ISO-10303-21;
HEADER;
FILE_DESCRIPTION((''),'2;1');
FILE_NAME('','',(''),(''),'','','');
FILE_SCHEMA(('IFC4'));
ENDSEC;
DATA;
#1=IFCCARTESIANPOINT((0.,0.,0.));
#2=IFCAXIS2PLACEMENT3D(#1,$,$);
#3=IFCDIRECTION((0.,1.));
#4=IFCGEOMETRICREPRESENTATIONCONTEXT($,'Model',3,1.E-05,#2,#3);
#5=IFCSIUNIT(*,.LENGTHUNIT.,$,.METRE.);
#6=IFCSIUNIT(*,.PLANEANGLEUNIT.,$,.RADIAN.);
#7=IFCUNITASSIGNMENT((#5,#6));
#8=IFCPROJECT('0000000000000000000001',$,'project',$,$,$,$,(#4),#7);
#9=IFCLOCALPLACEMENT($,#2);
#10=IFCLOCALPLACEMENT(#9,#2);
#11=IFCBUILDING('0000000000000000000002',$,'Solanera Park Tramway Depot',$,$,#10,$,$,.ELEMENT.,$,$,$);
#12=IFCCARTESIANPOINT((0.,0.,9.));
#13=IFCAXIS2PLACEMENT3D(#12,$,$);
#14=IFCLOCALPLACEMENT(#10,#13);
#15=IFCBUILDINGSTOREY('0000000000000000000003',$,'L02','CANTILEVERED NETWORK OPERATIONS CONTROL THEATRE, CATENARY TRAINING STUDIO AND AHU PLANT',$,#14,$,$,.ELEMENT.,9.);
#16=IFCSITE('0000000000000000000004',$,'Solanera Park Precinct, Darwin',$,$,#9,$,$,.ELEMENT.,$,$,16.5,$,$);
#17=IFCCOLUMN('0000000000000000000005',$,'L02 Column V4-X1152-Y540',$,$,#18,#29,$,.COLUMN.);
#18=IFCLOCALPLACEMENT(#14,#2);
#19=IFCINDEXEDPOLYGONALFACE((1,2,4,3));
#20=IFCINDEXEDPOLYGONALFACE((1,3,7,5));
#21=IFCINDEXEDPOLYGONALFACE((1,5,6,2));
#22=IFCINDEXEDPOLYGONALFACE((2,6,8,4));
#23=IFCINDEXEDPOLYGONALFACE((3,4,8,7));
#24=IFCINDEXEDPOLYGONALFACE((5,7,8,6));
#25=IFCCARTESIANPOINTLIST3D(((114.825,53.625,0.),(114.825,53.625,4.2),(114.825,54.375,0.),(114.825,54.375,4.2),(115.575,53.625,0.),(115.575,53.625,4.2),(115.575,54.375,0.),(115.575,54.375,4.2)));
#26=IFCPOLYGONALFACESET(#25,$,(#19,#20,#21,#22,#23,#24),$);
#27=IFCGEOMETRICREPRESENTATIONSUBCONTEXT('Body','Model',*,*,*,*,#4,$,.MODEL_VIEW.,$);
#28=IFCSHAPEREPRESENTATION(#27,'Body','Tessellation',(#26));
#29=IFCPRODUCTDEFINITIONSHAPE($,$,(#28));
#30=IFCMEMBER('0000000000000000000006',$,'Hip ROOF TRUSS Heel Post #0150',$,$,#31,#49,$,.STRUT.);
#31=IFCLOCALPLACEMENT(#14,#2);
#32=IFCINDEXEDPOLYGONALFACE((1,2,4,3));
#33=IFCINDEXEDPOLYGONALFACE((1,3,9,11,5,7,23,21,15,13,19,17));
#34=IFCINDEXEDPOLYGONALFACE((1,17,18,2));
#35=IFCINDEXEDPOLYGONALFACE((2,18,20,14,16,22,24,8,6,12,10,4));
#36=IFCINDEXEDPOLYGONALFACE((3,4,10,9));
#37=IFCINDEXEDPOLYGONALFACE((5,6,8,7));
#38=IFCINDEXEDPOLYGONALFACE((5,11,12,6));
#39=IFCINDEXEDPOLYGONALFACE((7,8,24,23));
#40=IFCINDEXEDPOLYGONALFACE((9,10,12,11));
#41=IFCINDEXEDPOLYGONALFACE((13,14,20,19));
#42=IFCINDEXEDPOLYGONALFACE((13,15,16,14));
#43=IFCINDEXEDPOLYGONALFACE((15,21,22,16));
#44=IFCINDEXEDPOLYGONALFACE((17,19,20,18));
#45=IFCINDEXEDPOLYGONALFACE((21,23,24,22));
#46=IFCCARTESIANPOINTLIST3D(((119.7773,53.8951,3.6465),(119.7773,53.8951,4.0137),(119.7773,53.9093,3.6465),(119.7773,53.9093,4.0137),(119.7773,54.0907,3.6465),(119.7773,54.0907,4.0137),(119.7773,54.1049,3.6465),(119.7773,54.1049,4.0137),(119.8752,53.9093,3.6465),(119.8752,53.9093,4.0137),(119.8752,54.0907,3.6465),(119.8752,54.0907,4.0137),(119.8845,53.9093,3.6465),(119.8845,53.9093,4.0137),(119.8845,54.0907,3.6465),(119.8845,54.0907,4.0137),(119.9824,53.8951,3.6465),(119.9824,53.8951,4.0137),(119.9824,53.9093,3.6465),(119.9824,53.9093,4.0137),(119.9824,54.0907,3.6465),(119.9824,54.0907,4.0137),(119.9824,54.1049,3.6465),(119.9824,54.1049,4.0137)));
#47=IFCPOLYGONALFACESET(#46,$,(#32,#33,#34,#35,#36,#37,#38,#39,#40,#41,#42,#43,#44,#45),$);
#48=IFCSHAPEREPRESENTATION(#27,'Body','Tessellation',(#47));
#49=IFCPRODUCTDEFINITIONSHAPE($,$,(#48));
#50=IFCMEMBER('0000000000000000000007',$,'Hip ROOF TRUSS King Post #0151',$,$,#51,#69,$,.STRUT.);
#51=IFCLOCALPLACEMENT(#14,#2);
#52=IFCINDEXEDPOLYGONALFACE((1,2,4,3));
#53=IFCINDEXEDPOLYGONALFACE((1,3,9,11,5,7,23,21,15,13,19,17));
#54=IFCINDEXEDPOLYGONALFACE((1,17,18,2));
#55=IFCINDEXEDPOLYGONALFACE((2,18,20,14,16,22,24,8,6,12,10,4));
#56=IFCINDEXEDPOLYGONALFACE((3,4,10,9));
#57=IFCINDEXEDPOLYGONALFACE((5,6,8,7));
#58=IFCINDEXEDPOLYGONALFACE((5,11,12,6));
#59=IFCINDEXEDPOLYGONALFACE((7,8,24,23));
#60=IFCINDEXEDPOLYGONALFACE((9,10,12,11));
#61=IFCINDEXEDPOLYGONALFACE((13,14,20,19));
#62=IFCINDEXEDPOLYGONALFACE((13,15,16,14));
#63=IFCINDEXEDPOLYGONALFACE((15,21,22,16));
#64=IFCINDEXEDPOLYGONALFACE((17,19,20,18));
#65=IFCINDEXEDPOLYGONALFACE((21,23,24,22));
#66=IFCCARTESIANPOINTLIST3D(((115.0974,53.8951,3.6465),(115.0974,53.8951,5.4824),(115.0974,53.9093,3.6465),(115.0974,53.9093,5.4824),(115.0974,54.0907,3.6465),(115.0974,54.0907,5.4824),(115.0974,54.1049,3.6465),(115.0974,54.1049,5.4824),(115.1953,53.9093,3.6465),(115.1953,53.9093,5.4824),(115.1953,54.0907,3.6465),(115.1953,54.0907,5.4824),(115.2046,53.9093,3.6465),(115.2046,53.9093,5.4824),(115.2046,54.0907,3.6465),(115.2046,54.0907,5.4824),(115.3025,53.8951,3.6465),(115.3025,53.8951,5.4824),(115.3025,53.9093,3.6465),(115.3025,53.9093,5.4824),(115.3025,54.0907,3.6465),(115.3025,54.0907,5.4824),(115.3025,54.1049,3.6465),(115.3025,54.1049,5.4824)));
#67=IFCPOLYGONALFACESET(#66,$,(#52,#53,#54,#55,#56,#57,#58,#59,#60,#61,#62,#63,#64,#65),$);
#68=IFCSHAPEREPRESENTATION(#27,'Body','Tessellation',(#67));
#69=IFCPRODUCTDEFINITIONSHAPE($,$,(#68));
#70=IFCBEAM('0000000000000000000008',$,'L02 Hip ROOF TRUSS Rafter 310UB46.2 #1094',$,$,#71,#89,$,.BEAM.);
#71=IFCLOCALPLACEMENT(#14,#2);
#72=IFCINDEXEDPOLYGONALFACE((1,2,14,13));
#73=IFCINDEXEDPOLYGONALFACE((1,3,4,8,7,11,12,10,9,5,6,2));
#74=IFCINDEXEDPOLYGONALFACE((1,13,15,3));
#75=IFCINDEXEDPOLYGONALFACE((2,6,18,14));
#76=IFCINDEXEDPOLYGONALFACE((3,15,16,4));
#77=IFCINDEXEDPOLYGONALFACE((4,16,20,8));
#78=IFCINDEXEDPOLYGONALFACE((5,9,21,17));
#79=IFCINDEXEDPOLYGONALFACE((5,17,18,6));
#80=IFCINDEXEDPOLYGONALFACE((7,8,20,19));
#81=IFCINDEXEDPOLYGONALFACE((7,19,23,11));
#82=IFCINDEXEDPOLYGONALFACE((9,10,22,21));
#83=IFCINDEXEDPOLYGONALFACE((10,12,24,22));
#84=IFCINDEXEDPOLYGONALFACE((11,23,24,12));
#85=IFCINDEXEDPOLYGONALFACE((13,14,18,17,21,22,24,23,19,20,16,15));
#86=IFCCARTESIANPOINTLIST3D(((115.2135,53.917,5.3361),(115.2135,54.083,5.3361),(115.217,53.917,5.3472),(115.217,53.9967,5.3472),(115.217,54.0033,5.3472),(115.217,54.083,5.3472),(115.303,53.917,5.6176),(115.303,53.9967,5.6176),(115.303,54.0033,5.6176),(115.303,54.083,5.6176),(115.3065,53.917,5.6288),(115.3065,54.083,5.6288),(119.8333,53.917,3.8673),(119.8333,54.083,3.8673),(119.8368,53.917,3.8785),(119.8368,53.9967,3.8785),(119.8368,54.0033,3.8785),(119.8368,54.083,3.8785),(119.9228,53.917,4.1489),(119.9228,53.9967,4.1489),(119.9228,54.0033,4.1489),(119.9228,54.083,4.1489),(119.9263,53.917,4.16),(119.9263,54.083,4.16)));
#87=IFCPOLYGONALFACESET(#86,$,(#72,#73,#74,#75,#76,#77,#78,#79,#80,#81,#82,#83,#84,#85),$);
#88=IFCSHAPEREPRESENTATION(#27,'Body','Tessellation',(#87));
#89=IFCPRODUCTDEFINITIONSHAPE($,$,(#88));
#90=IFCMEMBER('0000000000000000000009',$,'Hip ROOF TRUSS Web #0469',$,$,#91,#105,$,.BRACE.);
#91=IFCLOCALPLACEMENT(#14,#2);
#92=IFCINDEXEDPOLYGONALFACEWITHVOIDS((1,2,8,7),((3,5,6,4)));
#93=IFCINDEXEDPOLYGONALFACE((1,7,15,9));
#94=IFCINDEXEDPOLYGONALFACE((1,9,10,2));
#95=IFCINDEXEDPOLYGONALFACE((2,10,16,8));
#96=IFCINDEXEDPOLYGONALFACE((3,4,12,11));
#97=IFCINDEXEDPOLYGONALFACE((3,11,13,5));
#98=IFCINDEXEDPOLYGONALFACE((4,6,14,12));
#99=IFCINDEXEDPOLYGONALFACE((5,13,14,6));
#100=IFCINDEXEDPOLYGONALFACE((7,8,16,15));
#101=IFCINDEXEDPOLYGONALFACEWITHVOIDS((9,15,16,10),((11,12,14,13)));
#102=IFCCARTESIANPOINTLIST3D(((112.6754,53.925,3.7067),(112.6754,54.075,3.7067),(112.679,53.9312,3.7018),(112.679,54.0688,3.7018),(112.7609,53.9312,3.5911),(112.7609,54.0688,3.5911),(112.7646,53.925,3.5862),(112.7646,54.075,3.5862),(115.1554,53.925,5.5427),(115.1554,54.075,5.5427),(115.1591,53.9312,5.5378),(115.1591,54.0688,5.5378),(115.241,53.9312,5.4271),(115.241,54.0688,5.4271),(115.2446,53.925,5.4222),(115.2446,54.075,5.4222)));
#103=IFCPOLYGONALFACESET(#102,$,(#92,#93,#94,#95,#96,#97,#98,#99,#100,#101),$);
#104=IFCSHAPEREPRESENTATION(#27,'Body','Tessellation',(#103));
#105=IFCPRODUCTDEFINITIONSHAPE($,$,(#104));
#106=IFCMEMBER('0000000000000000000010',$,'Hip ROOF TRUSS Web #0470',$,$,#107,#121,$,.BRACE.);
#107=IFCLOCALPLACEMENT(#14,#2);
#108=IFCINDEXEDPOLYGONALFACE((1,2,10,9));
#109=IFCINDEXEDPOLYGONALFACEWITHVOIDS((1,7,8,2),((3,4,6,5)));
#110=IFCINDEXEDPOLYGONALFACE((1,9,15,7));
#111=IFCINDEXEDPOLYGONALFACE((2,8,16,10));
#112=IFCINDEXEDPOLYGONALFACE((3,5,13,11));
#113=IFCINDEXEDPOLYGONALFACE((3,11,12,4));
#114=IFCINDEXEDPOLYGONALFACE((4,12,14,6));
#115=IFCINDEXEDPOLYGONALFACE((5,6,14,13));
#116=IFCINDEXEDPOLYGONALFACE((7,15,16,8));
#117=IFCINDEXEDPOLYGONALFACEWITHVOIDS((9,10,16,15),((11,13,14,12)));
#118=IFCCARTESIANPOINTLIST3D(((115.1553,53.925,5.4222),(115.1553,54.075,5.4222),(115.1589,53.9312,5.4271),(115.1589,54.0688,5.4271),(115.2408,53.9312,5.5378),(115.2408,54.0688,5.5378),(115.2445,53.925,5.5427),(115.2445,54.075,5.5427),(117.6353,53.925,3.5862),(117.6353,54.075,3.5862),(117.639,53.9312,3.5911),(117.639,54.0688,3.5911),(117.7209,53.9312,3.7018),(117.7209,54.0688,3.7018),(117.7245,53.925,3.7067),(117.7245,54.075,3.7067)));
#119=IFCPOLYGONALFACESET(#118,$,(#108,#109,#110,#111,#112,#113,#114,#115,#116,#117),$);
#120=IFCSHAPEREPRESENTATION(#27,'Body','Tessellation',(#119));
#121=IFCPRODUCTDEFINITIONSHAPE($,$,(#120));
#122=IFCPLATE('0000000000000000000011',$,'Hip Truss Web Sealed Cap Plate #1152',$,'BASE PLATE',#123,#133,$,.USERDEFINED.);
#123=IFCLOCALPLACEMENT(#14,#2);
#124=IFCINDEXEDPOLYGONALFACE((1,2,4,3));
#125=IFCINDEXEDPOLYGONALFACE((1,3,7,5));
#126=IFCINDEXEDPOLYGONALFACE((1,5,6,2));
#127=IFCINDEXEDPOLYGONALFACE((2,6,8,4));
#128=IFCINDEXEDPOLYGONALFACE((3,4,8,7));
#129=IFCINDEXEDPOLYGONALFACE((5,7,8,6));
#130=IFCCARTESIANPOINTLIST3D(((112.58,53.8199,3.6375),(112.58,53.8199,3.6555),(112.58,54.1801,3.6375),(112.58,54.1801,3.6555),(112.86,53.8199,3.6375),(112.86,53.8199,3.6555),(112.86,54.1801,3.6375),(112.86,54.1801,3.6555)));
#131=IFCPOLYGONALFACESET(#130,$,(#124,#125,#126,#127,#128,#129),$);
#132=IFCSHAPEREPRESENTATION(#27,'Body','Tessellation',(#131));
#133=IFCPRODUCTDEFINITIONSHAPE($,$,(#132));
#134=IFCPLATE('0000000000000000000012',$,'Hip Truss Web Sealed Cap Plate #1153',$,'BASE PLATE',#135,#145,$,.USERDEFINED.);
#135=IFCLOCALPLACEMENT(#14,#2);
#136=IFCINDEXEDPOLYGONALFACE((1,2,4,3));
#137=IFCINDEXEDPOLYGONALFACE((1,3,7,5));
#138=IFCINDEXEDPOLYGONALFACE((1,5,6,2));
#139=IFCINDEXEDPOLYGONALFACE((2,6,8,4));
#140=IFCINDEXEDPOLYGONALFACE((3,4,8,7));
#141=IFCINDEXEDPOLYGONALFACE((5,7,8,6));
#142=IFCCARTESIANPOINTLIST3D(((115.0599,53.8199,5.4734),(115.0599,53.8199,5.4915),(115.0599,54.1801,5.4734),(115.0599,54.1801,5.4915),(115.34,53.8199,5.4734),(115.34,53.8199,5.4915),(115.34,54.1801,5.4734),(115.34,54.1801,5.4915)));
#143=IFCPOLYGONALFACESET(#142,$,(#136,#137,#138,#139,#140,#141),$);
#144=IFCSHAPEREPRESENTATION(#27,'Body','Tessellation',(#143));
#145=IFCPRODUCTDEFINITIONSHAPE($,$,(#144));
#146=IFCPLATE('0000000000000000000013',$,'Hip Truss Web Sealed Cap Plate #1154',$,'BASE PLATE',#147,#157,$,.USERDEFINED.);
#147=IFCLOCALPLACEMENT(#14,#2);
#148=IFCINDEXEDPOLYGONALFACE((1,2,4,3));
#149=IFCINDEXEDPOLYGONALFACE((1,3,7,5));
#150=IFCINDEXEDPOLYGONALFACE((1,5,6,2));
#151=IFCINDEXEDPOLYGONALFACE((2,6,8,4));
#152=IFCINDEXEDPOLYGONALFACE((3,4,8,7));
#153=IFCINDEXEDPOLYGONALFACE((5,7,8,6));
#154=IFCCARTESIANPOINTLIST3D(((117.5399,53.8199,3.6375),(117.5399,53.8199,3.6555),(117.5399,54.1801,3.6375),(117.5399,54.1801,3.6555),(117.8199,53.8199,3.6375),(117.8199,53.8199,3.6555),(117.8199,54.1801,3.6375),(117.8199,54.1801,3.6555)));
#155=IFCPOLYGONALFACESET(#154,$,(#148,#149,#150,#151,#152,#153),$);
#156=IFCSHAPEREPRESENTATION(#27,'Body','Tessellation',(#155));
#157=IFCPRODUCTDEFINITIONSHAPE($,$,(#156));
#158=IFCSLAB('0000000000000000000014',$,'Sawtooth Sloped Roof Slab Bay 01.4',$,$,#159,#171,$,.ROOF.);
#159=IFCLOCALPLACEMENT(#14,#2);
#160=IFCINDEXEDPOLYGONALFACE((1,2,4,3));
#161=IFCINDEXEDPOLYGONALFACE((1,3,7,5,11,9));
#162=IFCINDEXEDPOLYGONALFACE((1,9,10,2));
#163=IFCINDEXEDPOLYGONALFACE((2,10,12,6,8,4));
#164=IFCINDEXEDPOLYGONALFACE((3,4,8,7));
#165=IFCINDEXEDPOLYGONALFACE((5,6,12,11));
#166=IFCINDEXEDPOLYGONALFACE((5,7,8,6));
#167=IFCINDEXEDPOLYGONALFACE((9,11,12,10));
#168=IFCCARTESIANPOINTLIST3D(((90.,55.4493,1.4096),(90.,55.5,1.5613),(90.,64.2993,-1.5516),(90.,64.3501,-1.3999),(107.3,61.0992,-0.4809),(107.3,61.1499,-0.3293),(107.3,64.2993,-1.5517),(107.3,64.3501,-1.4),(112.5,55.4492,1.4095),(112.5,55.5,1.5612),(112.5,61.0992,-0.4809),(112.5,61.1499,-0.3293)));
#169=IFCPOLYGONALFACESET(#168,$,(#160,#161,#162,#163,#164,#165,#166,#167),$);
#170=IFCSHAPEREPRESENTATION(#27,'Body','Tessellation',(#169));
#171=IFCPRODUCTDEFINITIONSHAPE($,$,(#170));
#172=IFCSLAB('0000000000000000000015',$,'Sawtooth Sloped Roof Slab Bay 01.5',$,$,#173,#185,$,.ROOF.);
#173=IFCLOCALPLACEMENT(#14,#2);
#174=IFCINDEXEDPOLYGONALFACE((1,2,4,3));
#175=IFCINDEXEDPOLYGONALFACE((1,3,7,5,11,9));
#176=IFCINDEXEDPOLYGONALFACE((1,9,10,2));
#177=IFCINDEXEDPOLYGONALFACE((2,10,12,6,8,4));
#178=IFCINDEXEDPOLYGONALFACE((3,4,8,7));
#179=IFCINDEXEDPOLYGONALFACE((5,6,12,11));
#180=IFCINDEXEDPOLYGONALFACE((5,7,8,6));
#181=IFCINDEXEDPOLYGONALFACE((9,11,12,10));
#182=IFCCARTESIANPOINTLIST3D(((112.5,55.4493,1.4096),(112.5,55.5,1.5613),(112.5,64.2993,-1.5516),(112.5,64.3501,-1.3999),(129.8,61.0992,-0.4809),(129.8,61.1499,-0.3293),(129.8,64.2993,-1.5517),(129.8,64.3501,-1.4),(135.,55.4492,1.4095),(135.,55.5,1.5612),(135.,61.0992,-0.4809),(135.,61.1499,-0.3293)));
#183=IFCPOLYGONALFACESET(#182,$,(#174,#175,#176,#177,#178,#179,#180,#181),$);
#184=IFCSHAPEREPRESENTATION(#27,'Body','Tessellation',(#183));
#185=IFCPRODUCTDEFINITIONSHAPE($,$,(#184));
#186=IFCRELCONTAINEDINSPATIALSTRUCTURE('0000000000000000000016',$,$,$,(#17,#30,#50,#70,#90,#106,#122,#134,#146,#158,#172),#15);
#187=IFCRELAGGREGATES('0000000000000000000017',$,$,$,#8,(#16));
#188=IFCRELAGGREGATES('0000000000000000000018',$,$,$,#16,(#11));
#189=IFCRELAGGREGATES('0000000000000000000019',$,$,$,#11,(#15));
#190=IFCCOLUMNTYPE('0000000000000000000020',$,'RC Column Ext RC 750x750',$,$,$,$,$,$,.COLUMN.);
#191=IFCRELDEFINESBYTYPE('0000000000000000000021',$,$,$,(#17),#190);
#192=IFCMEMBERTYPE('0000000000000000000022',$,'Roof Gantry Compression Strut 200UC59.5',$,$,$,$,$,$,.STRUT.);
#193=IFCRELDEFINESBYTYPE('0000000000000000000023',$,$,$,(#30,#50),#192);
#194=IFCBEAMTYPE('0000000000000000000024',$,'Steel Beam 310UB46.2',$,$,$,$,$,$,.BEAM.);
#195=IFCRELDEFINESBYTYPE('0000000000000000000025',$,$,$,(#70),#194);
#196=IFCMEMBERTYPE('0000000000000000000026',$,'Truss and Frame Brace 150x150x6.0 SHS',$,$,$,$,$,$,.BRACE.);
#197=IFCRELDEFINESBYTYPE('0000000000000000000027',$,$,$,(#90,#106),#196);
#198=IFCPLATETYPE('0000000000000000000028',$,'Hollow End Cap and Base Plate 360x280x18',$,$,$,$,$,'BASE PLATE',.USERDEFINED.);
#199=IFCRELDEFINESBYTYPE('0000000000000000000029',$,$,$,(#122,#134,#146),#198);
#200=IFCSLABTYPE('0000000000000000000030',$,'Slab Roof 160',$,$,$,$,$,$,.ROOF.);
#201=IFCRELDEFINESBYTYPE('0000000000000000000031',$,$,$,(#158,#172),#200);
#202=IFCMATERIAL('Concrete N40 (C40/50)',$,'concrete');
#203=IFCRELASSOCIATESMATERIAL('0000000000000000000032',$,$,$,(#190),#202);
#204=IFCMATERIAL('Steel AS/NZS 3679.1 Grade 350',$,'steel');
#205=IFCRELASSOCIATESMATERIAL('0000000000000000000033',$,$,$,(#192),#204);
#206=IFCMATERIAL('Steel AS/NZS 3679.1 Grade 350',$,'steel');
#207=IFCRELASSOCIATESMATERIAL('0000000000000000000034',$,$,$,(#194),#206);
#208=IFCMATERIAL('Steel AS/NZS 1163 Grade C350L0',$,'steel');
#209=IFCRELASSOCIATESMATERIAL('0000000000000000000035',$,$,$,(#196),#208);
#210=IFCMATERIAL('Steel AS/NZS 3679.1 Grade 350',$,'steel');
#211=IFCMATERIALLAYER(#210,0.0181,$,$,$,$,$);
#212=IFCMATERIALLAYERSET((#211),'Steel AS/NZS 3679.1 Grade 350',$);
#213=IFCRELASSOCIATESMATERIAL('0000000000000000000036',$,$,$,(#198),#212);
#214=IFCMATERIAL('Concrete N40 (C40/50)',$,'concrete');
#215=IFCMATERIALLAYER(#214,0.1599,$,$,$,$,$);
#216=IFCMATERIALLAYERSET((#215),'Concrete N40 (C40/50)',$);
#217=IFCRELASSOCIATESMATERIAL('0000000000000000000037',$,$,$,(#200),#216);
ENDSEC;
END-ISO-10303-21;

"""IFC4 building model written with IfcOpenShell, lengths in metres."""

from ifc_helpers import new_model, si_unit, direction, frame, origin, origin_2d, place, context, subcontext, project, spatial, polyline, rectangle, hollow_rectangle, i_section, outline, extrude, material, layer, layer_set, material_profile, profile_set, type_object, element, save


model = new_model("IFC4")

# Units and contexts
model_context = context("Model", 3, precision=1e-05, world=origin(), true_north=direction((0.0, 1.0)))
body_context = subcontext(model_context, "Body", "Model", "MODEL_VIEW")
ifc_project = project(units=[si_unit("LENGTHUNIT", "METRE"), si_unit("PLANEANGLEUNIT", "RADIAN")], contexts=[model_context])

# Site, building, storey
site_placement = place(None, origin())
site = spatial("IfcSite", under=ifc_project, at=site_placement, Name="Solanera Park Precinct, Darwin", CompositionType="ELEMENT", RefElevation=16.5)
building_placement = place(site_placement, origin())
building = spatial("IfcBuilding", under=site, at=building_placement, Name="Solanera Park Tramway Depot", CompositionType="ELEMENT")
storey_placement = place(building_placement, frame((0.0, 0.0, 9.0)))
storey = spatial("IfcBuildingStorey", under=building, at=storey_placement, Name="L02", Description="CANTILEVERED NETWORK OPERATIONS CONTROL THEATRE, CATENARY TRAINING STUDIO AND AHU PLANT", CompositionType="ELEMENT", Elevation=9.0)

# Column
ifc_material_1 = material(Name="Concrete N40 (C40/50)", Category="concrete")
ifc_material_profile_1 = material_profile(ifc_material_1, rectangle(XDim=0.75, YDim=0.75, at=origin_2d()), Name="RC 750x750")
ifc_profile_set_1 = profile_set([ifc_material_profile_1], Name="Concrete N40 (C40/50)")
column_type = type_object("IfcColumnType", Name="RC Column Ext RC 750x750", PredefinedType="COLUMN", material=ifc_profile_set_1)
column_placement = place(storey_placement, frame((115.2, 54.0, 0.0), z_axis=(0.0, 0.0, 1.0), x_axis=(1.0, 0.0, 0.0)))
element("IfcColumn", 1, at=column_placement, inside=storey, type_object=column_type, Name="L02 Column V4-X1152-Y540", PredefinedType="COLUMN", context=body_context, shape_type="SweptSolid", body=[
    extrude(rectangle(XDim=0.75, YDim=0.75, at=origin_2d()), origin(), (0.0, 0.0, 1.0), 4.2),
])

# Members
ifc_material_2 = material(Name="Steel AS/NZS 3679.1 Grade 350", Category="steel")
ifc_material_profile_2 = material_profile(ifc_material_2, i_section(OverallWidth=0.2051, OverallDepth=0.2097, WebThickness=0.0093, FlangeThickness=0.0142, at=origin_2d()), Name="200UC59.5")
ifc_profile_set_2 = profile_set([ifc_material_profile_2], Name="Steel AS/NZS 3679.1 Grade 350")
member_type_1 = type_object("IfcMemberType", Name="Roof Gantry Compression Strut 200UC59.5", PredefinedType="STRUT", material=ifc_profile_set_2)
member_1_placement = place(storey_placement, frame((119.8799, 54.0, 3.6465), z_axis=(0.0, 0.0, 1.0), x_axis=(1.0, 0.0, 0.0)))
element("IfcMember", 2, at=member_1_placement, inside=storey, type_object=member_type_1, Name="Hip ROOF TRUSS Heel Post #0150", PredefinedType="STRUT", context=body_context, shape_type="SweptSolid", body=[
    extrude(i_section(OverallWidth=0.2051, OverallDepth=0.2097, WebThickness=0.0093, FlangeThickness=0.0142, at=origin_2d()), origin(), (0.0, 0.0, 1.0), 0.3672),
])
member_2_placement = place(storey_placement, frame((115.2, 54.0, 3.6465), z_axis=(0.0, 0.0, 1.0), x_axis=(1.0, 0.0, 0.0)))
element("IfcMember", 3, at=member_2_placement, inside=storey, type_object=member_type_1, Name="Hip ROOF TRUSS King Post #0151", PredefinedType="STRUT", context=body_context, shape_type="SweptSolid", body=[
    extrude(i_section(OverallWidth=0.2051, OverallDepth=0.2097, WebThickness=0.0093, FlangeThickness=0.0142, at=origin_2d()), origin(), (0.0, 0.0, 1.0), 1.8359),
])

# Beam
ifc_material_3 = material(Name="Steel AS/NZS 3679.1 Grade 350", Category="steel")
ifc_material_profile_3 = material_profile(ifc_material_3, i_section(OverallWidth=0.166, OverallDepth=0.3071, WebThickness=0.0066, FlangeThickness=0.0117, at=origin_2d()), Name="310UB46.2")
ifc_profile_set_3 = profile_set([ifc_material_profile_3], Name="Steel AS/NZS 3679.1 Grade 350")
beam_type = type_object("IfcBeamType", Name="Steel Beam 310UB46.2", PredefinedType="BEAM", material=ifc_profile_set_3)
beam_placement = place(storey_placement, frame((115.26, 54.0, 5.4824), z_axis=(0.952998, 0.0, -0.302977), x_axis=(0.0, 1.0, 0.0)))
element("IfcBeam", 4, at=beam_placement, inside=storey, type_object=beam_type, Name="L02 Hip ROOF TRUSS Rafter 310UB46.2 #1094", PredefinedType="BEAM", context=body_context, shape_type="SweptSolid", body=[
    extrude(i_section(OverallWidth=0.166, OverallDepth=0.3071, WebThickness=0.0066, FlangeThickness=0.0117, at=origin_2d()), origin(), (0.0, 0.0, 1.0), 4.8477),
])

# Members
ifc_material_4 = material(Name="Steel AS/NZS 1163 Grade C350L0", Category="steel")
ifc_material_profile_4 = material_profile(ifc_material_4, hollow_rectangle(XDim=0.1499, YDim=0.1499, WallThickness=0.0061, at=origin_2d()), Name="150x150x6.0 SHS")
ifc_profile_set_4 = profile_set([ifc_material_profile_4], Name="Steel AS/NZS 1163 Grade C350L0")
member_type_2 = type_object("IfcMemberType", Name="Truss and Frame Brace 150x150x6.0 SHS", PredefinedType="BRACE", material=ifc_profile_set_4)
for number, where, z_axis, x_axis, name in (
    (5, (112.72, 54.0, 3.6465), (0.803725, 0.0, 0.595), (0.0, 1.0, 0.0), "Hip ROOF TRUSS Web #0469"),
    (6, (117.6799, 54.0, 3.6465), (-0.803725, 0.0, 0.595), (0.0, -1.0, 0.0), "Hip ROOF TRUSS Web #0470"),
):
    element("IfcMember", number, at=place(storey_placement, frame(where, z_axis=z_axis, x_axis=x_axis)), inside=storey, type_object=member_type_2, Name=name, PredefinedType="BRACE", context=body_context, shape_type="SweptSolid", body=[
        extrude(hollow_rectangle(XDim=0.1499, YDim=0.1499, WallThickness=0.0061, at=origin_2d()), origin(), (0.0, 0.0, 1.0), 3.0857),
    ])

# Plates
ifc_material_5 = material(Name="Steel AS/NZS 3679.1 Grade 350", Category="steel")
ifc_layer_1 = layer(ifc_material_5, 0.0181)
ifc_layer_set_1 = layer_set([ifc_layer_1], Name="Steel AS/NZS 3679.1 Grade 350")
plate_type = type_object("IfcPlateType", Name="Hollow End Cap and Base Plate 360x280x18", ElementType="BASE PLATE", PredefinedType="USERDEFINED", material=ifc_layer_set_1)
for number, where, z_axis, x_axis, name in (
    (7, (112.72, 54.0, 3.6375), (0.0, 0.0, 1.0), (1.0, 0.0, 0.0), "Hip Truss Web Sealed Cap Plate #1152"),
    (8, (115.2, 54.0, 5.4734), (0.0, 0.0, 1.0), (1.0, 0.0, 0.0), "Hip Truss Web Sealed Cap Plate #1153"),
    (9, (117.6799, 54.0, 3.6375), (0.0, 0.0, 1.0), (1.0, 0.0, 0.0), "Hip Truss Web Sealed Cap Plate #1154"),
):
    element("IfcPlate", number, at=place(storey_placement, frame(where, z_axis=z_axis, x_axis=x_axis)), inside=storey, type_object=plate_type, Name=name, ObjectType="BASE PLATE", PredefinedType="USERDEFINED", context=body_context, shape_type="SweptSolid", body=[
        extrude(rectangle(XDim=0.28, YDim=0.3601, at=origin_2d()), origin(), (0.0, 0.0, 1.0), 0.0181),
    ])

# Slabs
ifc_material_6 = material(Name="Concrete N40 (C40/50)", Category="concrete")
ifc_layer_2 = layer(ifc_material_6, 0.1599)
ifc_layer_set_2 = layer_set([ifc_layer_2], Name="Concrete N40 (C40/50)")
slab_type = type_object("IfcSlabType", Name="Slab Roof 160", PredefinedType="ROOF", material=ifc_layer_set_2)
for number, where, z_axis, x_axis, name in (
    (10, (90.0, 55.5, 1.5613), (0.000005, 0.317308, 0.948323), (1.0, -0.000002, -0.000005), "Sawtooth Sloped Roof Slab Bay 01.4"),
    (11, (112.5, 55.5, 1.5613), (0.000005, 0.317308, 0.948323), (1.0, -0.000002, -0.000005), "Sawtooth Sloped Roof Slab Bay 01.5"),
):
    element("IfcSlab", number, at=place(storey_placement, frame(where, z_axis=z_axis, x_axis=x_axis)), inside=storey, type_object=slab_type, Name=name, PredefinedType="ROOF", context=body_context, shape_type="SweptSolid", body=[
        extrude(outline(polyline([(0.0, 0.0), (22.5, 0.0), (22.5, 5.9578), (17.3, 5.9578), (17.3, 9.3324), (0.0, 9.3324), (0.0, 0.0)])), origin(), (0.0, 0.0, -1.0), 0.1599),
    ])

save(model, "model.ifc")
